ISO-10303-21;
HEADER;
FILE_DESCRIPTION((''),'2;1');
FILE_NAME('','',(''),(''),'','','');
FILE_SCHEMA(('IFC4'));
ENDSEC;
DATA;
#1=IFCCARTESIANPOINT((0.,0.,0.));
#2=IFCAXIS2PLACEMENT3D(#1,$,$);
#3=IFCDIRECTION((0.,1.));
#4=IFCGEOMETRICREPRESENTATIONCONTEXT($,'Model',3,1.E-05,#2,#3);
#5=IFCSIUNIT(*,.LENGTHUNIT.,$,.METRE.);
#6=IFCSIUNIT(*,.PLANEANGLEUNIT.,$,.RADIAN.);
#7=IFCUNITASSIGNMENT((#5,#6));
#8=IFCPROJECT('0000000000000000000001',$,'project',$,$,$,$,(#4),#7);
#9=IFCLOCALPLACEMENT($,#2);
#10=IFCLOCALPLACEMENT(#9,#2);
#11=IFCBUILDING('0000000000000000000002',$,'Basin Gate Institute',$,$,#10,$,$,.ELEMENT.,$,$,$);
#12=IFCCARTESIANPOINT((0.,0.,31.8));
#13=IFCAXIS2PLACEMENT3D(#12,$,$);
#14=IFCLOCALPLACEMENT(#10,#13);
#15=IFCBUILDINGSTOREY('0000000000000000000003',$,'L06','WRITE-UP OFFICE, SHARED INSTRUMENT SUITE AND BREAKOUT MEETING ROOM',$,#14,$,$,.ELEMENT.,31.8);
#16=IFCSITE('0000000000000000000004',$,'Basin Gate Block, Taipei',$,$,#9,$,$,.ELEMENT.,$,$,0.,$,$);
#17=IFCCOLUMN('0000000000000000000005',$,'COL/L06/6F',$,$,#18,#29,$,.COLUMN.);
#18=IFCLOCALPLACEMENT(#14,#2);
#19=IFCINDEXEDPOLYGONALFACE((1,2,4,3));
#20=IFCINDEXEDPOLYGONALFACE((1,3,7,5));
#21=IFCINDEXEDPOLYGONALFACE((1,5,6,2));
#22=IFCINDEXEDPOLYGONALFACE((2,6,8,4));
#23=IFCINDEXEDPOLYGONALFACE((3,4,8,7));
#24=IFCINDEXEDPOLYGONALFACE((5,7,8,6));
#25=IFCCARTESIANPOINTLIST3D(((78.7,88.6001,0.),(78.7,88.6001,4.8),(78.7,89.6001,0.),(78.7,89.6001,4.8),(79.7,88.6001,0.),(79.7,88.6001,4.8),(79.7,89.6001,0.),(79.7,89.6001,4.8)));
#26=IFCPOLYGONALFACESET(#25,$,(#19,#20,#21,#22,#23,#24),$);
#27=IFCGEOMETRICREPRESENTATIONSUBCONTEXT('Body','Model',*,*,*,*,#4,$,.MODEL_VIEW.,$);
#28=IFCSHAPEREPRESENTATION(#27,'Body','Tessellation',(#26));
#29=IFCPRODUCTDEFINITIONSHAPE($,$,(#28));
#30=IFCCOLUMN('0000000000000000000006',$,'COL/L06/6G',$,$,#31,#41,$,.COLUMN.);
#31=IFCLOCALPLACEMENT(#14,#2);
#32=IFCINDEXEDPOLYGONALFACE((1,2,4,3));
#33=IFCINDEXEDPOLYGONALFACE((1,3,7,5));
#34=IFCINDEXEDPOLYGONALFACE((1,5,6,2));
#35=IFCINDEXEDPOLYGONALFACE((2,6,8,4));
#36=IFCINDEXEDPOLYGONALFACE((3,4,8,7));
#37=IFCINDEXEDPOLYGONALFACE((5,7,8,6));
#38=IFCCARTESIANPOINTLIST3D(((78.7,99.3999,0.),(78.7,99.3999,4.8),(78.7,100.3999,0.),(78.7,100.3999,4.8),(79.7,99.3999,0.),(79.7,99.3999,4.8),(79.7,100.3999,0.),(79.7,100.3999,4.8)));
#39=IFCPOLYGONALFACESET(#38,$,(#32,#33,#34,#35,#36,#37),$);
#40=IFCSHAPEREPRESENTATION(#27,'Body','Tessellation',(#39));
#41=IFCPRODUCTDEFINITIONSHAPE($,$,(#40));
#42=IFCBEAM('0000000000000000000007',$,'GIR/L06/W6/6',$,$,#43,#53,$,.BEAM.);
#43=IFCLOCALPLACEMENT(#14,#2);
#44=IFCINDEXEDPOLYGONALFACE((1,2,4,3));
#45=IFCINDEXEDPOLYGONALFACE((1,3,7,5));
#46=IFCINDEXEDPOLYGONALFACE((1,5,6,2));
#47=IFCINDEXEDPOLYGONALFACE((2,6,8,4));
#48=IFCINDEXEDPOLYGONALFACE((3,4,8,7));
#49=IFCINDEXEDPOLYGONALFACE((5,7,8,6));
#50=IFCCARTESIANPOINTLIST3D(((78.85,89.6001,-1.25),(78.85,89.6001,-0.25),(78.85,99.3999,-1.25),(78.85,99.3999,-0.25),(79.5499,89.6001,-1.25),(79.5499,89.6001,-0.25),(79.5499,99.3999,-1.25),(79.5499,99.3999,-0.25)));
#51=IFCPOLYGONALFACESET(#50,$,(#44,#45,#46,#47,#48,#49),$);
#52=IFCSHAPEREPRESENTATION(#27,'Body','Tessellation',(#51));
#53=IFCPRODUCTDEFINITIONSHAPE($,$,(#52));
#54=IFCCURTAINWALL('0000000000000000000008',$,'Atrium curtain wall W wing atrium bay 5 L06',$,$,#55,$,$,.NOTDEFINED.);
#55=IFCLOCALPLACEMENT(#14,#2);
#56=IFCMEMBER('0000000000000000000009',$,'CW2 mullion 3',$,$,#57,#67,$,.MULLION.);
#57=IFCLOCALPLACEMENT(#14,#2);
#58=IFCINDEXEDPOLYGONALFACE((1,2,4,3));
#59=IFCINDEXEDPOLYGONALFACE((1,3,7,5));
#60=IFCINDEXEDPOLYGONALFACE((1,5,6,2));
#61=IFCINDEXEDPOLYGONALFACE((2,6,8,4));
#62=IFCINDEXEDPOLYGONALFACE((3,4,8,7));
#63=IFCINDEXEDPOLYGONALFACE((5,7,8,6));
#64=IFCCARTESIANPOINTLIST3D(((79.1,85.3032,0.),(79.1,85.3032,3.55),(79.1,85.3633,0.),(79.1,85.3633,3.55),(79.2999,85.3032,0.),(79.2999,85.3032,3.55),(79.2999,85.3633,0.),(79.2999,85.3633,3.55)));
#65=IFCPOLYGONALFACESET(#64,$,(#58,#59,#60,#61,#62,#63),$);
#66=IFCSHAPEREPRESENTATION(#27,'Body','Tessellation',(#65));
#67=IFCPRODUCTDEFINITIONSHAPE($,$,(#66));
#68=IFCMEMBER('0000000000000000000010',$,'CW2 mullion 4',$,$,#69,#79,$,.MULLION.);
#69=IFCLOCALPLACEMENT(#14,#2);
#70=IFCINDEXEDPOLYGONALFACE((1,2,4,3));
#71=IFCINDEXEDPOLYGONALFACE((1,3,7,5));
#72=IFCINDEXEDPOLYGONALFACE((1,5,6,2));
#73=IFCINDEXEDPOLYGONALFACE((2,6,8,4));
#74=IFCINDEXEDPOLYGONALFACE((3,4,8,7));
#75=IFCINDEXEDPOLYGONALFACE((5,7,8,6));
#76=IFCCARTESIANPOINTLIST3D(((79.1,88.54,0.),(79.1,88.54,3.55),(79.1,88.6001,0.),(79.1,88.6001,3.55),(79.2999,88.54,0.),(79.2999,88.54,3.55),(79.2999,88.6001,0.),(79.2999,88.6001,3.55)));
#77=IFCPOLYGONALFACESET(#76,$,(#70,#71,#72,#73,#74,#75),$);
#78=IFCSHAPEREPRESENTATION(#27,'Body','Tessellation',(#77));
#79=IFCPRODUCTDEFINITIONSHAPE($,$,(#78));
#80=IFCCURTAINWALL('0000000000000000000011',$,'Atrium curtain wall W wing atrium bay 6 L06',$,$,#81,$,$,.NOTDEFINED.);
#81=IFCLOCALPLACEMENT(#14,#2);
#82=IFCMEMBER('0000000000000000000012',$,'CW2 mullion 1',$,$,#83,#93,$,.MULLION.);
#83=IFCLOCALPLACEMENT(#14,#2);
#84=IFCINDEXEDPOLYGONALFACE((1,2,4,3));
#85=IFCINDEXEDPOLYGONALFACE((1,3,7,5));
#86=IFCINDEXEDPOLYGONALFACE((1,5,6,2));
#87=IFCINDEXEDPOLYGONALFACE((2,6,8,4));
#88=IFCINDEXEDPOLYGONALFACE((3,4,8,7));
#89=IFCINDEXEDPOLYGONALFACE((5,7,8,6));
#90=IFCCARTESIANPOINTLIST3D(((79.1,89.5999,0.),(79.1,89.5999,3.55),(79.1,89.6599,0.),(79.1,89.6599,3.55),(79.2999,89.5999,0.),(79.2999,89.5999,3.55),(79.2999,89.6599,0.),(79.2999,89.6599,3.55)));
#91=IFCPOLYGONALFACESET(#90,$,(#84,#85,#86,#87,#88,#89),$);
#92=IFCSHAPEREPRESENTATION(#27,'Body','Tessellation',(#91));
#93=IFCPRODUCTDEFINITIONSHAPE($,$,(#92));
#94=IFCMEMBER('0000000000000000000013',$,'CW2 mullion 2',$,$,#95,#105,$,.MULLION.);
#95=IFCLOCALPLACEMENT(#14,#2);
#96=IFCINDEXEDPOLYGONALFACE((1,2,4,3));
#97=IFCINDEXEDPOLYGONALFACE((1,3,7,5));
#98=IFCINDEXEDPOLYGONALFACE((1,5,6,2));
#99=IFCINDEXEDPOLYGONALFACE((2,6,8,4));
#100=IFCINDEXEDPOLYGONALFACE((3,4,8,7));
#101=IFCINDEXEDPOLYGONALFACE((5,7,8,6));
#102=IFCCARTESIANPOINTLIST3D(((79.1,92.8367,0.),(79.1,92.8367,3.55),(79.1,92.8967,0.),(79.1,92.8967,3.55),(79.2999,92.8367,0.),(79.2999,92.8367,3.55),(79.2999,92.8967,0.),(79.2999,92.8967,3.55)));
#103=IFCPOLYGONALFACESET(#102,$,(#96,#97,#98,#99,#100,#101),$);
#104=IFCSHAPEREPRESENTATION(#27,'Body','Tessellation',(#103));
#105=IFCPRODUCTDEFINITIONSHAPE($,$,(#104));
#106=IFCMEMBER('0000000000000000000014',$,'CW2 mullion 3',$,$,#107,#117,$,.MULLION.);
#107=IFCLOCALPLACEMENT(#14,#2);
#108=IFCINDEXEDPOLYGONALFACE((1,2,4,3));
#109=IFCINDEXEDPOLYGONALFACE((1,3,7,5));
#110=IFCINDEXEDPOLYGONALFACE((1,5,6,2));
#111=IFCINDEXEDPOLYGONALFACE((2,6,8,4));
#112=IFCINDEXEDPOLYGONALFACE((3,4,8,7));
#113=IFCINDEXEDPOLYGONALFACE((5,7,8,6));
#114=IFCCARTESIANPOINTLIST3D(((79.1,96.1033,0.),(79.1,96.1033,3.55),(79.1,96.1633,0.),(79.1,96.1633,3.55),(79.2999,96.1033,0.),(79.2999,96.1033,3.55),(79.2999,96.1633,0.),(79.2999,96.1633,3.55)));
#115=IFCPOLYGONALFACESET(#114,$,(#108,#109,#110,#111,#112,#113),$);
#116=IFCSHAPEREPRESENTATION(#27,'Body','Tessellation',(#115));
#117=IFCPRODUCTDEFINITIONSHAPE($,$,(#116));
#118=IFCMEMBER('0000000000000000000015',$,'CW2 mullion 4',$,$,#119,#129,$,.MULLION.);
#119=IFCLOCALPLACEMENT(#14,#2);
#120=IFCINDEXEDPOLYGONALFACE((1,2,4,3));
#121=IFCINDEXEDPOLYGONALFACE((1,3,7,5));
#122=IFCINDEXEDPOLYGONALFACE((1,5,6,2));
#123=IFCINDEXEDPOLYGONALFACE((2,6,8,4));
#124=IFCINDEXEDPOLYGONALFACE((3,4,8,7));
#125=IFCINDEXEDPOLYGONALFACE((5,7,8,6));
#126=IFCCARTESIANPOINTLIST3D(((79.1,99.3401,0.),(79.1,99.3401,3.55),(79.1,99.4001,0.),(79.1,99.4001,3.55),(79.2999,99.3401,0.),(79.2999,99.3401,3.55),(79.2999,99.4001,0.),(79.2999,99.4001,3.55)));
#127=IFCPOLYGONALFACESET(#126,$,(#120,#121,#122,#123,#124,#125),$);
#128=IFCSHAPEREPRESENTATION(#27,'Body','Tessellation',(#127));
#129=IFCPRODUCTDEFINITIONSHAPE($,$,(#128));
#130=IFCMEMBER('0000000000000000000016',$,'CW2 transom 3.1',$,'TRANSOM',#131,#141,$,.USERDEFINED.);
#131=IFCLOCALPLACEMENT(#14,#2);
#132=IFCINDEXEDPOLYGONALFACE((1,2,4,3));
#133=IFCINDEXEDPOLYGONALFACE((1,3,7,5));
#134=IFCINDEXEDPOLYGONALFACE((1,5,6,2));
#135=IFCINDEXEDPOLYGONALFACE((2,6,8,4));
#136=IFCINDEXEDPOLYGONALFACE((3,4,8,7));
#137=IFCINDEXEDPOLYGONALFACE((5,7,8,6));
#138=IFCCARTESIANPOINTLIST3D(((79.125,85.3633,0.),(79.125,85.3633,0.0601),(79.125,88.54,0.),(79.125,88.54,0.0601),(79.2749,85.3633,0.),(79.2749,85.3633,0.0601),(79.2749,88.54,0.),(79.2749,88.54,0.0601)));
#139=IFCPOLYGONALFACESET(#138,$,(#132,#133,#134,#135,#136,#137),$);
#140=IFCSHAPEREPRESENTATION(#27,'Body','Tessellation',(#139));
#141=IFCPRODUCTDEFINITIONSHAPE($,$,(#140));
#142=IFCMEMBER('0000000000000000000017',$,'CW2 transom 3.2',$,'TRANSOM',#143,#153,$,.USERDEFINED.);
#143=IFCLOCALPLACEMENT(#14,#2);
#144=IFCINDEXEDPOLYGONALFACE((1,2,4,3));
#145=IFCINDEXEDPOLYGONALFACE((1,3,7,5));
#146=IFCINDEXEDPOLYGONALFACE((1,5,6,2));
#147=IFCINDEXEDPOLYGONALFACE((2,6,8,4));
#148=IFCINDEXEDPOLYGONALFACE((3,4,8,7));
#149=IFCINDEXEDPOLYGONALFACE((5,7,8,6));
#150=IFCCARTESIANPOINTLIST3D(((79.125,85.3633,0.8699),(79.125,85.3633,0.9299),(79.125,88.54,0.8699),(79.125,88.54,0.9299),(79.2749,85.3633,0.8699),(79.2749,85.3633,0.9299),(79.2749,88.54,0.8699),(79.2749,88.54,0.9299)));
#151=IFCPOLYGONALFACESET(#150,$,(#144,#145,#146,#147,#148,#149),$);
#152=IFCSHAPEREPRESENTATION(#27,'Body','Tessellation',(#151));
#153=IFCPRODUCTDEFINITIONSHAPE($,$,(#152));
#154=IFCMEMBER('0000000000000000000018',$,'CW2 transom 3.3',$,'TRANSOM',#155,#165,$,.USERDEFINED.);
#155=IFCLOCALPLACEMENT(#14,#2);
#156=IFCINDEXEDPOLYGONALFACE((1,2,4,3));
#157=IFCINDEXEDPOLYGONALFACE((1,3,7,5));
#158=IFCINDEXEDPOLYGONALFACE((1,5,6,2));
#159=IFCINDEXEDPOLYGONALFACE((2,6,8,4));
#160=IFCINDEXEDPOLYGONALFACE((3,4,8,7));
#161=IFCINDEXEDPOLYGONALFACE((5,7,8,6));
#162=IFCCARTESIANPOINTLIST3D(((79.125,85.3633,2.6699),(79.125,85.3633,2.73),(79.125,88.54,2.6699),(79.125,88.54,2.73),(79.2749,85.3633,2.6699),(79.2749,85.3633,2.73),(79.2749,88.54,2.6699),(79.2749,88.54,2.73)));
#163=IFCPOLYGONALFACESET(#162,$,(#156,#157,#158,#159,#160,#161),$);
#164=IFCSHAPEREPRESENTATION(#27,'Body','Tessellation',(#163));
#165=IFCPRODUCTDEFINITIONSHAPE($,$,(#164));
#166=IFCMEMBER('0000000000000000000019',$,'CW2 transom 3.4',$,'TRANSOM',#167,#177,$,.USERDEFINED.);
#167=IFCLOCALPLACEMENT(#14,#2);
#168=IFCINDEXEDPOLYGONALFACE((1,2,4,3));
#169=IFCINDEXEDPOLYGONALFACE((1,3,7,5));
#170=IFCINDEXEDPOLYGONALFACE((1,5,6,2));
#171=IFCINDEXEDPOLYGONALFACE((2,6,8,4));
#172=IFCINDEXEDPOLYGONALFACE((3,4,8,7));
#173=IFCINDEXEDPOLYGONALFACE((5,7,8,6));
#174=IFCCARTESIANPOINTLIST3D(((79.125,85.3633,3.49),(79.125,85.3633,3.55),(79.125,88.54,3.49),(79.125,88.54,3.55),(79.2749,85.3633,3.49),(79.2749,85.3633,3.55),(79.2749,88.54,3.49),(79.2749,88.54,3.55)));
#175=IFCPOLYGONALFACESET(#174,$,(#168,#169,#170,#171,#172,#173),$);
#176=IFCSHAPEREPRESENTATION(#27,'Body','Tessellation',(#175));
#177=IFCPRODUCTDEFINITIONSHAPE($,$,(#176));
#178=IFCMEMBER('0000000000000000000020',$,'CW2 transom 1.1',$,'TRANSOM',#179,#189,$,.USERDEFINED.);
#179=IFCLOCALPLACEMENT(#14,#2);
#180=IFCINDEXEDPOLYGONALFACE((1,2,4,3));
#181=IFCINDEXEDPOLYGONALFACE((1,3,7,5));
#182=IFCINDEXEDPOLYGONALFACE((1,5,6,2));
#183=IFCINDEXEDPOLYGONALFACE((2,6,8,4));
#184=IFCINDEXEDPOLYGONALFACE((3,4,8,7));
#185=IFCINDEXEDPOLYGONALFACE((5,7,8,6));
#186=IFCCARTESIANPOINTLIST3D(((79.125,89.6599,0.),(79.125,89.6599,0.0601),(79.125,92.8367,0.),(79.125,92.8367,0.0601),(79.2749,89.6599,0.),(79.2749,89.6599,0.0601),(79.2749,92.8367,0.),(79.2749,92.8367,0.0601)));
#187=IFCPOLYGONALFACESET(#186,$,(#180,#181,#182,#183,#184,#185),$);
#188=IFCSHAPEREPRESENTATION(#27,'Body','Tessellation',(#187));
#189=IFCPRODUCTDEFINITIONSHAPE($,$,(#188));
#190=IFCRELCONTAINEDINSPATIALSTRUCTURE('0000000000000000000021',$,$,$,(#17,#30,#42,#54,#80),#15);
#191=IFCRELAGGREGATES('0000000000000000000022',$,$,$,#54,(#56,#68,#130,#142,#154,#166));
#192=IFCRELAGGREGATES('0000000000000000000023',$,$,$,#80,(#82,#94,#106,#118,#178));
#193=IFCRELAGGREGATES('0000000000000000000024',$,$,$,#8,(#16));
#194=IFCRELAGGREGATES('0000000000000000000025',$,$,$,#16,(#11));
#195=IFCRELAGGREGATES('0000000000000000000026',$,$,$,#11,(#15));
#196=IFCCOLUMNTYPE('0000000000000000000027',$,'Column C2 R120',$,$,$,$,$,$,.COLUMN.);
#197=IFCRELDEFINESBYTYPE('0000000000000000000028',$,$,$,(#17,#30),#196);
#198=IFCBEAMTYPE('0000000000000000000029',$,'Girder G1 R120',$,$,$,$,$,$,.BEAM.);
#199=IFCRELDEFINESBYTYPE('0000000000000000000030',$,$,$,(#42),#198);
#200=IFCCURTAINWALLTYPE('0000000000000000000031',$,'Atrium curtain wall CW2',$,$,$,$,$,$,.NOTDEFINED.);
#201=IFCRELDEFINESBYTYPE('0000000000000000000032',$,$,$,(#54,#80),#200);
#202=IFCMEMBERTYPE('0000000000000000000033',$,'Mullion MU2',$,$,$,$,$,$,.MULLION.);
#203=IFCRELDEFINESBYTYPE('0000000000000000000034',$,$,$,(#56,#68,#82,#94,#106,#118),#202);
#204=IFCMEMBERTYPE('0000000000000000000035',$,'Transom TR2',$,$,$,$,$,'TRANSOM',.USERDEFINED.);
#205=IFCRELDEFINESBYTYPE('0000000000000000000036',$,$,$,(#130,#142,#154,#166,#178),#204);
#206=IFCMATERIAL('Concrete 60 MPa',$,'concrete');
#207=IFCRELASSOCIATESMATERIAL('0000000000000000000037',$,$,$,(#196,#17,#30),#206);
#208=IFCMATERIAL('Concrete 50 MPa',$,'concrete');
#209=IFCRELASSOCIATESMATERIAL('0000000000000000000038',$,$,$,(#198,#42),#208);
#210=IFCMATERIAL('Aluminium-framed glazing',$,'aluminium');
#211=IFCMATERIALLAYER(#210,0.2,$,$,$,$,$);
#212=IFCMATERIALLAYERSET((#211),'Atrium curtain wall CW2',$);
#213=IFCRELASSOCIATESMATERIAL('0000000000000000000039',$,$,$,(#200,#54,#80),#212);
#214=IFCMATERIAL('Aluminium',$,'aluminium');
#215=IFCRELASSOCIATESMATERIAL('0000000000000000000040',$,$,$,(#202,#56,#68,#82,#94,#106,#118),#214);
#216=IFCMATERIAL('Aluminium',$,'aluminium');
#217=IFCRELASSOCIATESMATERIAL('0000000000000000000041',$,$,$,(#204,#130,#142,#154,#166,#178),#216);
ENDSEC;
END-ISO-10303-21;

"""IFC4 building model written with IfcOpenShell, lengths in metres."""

from ifc_helpers import new_model, si_unit, direction, frame, origin, origin_2d, place, context, subcontext, project, spatial, rectangle, extrude, material, layer, layer_set, material_profile, profile_set, type_object, element, aggregate, save


model = new_model("IFC4")

# Units and contexts
model_context = context("Model", 3, precision=1e-05, world=origin(), true_north=direction((0.0, 1.0)))
body_context = subcontext(model_context, "Body", "Model", "MODEL_VIEW")
ifc_project = project(units=[si_unit("LENGTHUNIT", "METRE"), si_unit("PLANEANGLEUNIT", "RADIAN")], contexts=[model_context])

# Site, building, storey
site_placement = place(None, origin())
site = spatial("IfcSite", under=ifc_project, at=site_placement, Name="Basin Gate Block, Taipei", CompositionType="ELEMENT", RefElevation=0.0)
building_placement = place(site_placement, origin())
building = spatial("IfcBuilding", under=site, at=building_placement, Name="Basin Gate Institute", CompositionType="ELEMENT")
storey_placement = place(building_placement, frame((0.0, 0.0, 31.8)))
storey = spatial("IfcBuildingStorey", under=building, at=storey_placement, Name="L06", Description="WRITE-UP OFFICE, SHARED INSTRUMENT SUITE AND BREAKOUT MEETING ROOM", CompositionType="ELEMENT", Elevation=31.8)

# Columns
ifc_material_1 = material(Name="Concrete 60 MPa", Category="concrete")
ifc_material_profile_1 = material_profile(ifc_material_1, rectangle(XDim=1.0, YDim=1.0, at=origin_2d()), Name="Column C2 1000 x 1000")
ifc_profile_set_1 = profile_set([ifc_material_profile_1], Name="Concrete 60 MPa")
column_type = type_object("IfcColumnType", Name="Column C2 R120", PredefinedType="COLUMN", material=ifc_profile_set_1)
for number, where, z_axis, x_axis, name in (
    (1, (79.2, 89.1001, 0.0), (0.0, 0.0, 1.0), (1.0, 0.0, 0.0), "COL/L06/6F"),
    (2, (79.2, 99.8999, 0.0), (0.0, 0.0, 1.0), (1.0, 0.0, 0.0), "COL/L06/6G"),
):
    element("IfcColumn", number, at=place(storey_placement, frame(where, z_axis=z_axis, x_axis=x_axis)), inside=storey, type_object=column_type, material=ifc_profile_set_1, Name=name, PredefinedType="COLUMN", context=body_context, shape_type="SweptSolid", body=[
        extrude(rectangle(XDim=1.0, YDim=1.0, at=origin_2d()), origin(), (0.0, 0.0, 1.0), 4.8),
    ])

# Beam
ifc_material_2 = material(Name="Concrete 50 MPa", Category="concrete")
ifc_material_profile_2 = material_profile(ifc_material_2, rectangle(XDim=0.7, YDim=1.0, at=origin_2d()), Name="Girder G1 700 x 1000")
ifc_profile_set_2 = profile_set([ifc_material_profile_2], Name="Concrete 50 MPa")
beam_type = type_object("IfcBeamType", Name="Girder G1 R120", PredefinedType="BEAM", material=ifc_profile_set_2)
beam_placement = place(storey_placement, frame((79.2, 89.6001, -0.75), z_axis=(0.0, 1.0, 0.0), x_axis=(-1.0, 0.0, 0.0)))
element("IfcBeam", 3, at=beam_placement, inside=storey, type_object=beam_type, material=ifc_profile_set_2, Name="GIR/L06/W6/6", PredefinedType="BEAM", context=body_context, shape_type="SweptSolid", body=[
    extrude(rectangle(XDim=0.7, YDim=1.0, at=origin_2d()), origin(), (0.0, 0.0, 1.0), 9.7998),
])

# Curtain walls, members
ifc_material_3 = material(Name="Aluminium-framed glazing", Category="aluminium")
ifc_layer_1 = layer(ifc_material_3, 0.2)
ifc_layer_set_1 = layer_set([ifc_layer_1], Name="Atrium curtain wall CW2")
curtain_wall_type = type_object("IfcCurtainWallType", Name="Atrium curtain wall CW2", PredefinedType="NOTDEFINED", material=ifc_layer_set_1)
curtain_wall_1_placement = place(storey_placement, origin())
curtain_wall_1 = element("IfcCurtainWall", 4, at=curtain_wall_1_placement, inside=storey, type_object=curtain_wall_type, material=ifc_layer_set_1, Name="Atrium curtain wall W wing atrium bay 5 L06", PredefinedType="NOTDEFINED")
ifc_material_4 = material(Name="Aluminium", Category="aluminium")
ifc_material_profile_3 = material_profile(ifc_material_4, rectangle(XDim=0.2, YDim=0.0601, at=origin_2d()), Name="Mullion MU2 200 x 60")
ifc_profile_set_3 = profile_set([ifc_material_profile_3], Name="Aluminium")
member_type_1 = type_object("IfcMemberType", Name="Mullion MU2", PredefinedType="MULLION", material=ifc_profile_set_3)
member_1_placement = place(storey_placement, frame((79.2, 85.3333, 0.0), z_axis=(0.0, 0.0, 1.0), x_axis=(-1.0, 0.0, 0.0)))
member_1 = element("IfcMember", 5, at=member_1_placement, type_object=member_type_1, material=ifc_profile_set_3, Name="CW2 mullion 3", PredefinedType="MULLION", context=body_context, shape_type="SweptSolid", body=[
    extrude(rectangle(XDim=0.2, YDim=0.0601, at=origin_2d()), origin(), (0.0, 0.0, 1.0), 3.55),
])
member_2_placement = place(storey_placement, frame((79.2, 88.5701, 0.0), z_axis=(0.0, 0.0, 1.0), x_axis=(-1.0, 0.0, 0.0)))
member_2 = element("IfcMember", 6, at=member_2_placement, type_object=member_type_1, material=ifc_profile_set_3, Name="CW2 mullion 4", PredefinedType="MULLION", context=body_context, shape_type="SweptSolid", body=[
    extrude(rectangle(XDim=0.2, YDim=0.0601, at=origin_2d()), origin(), (0.0, 0.0, 1.0), 3.55),
])
curtain_wall_2_placement = place(storey_placement, origin())
curtain_wall_2 = element("IfcCurtainWall", 7, at=curtain_wall_2_placement, inside=storey, type_object=curtain_wall_type, material=ifc_layer_set_1, Name="Atrium curtain wall W wing atrium bay 6 L06", PredefinedType="NOTDEFINED")
member_3_placement = place(storey_placement, frame((79.2, 89.6299, 0.0), z_axis=(0.0, 0.0, 1.0), x_axis=(-1.0, 0.0, 0.0)))
member_3 = element("IfcMember", 8, at=member_3_placement, type_object=member_type_1, material=ifc_profile_set_3, Name="CW2 mullion 1", PredefinedType="MULLION", context=body_context, shape_type="SweptSolid", body=[
    extrude(rectangle(XDim=0.2, YDim=0.0601, at=origin_2d()), origin(), (0.0, 0.0, 1.0), 3.55),
])
member_4_placement = place(storey_placement, frame((79.2, 92.8667, 0.0), z_axis=(0.0, 0.0, 1.0), x_axis=(-1.0, 0.0, 0.0)))
member_4 = element("IfcMember", 9, at=member_4_placement, type_object=member_type_1, material=ifc_profile_set_3, Name="CW2 mullion 2", PredefinedType="MULLION", context=body_context, shape_type="SweptSolid", body=[
    extrude(rectangle(XDim=0.2, YDim=0.0601, at=origin_2d()), origin(), (0.0, 0.0, 1.0), 3.55),
])
member_5_placement = place(storey_placement, frame((79.2, 96.1333, 0.0), z_axis=(0.0, 0.0, 1.0), x_axis=(-1.0, 0.0, 0.0)))
member_5 = element("IfcMember", 10, at=member_5_placement, type_object=member_type_1, material=ifc_profile_set_3, Name="CW2 mullion 3", PredefinedType="MULLION", context=body_context, shape_type="SweptSolid", body=[
    extrude(rectangle(XDim=0.2, YDim=0.0601, at=origin_2d()), origin(), (0.0, 0.0, 1.0), 3.55),
])
member_6_placement = place(storey_placement, frame((79.2, 99.3701, 0.0), z_axis=(0.0, 0.0, 1.0), x_axis=(-1.0, 0.0, 0.0)))
member_6 = element("IfcMember", 11, at=member_6_placement, type_object=member_type_1, material=ifc_profile_set_3, Name="CW2 mullion 4", PredefinedType="MULLION", context=body_context, shape_type="SweptSolid", body=[
    extrude(rectangle(XDim=0.2, YDim=0.0601, at=origin_2d()), origin(), (0.0, 0.0, 1.0), 3.55),
])

# Members
ifc_material_5 = material(Name="Aluminium", Category="aluminium")
ifc_material_profile_4 = material_profile(ifc_material_5, rectangle(XDim=0.1499, YDim=0.0601, at=origin_2d()), Name="Transom TR2 150 x 60")
ifc_profile_set_4 = profile_set([ifc_material_profile_4], Name="Aluminium")
member_type_2 = type_object("IfcMemberType", Name="Transom TR2", ElementType="TRANSOM", PredefinedType="USERDEFINED", material=ifc_profile_set_4)
member_7_placement = place(storey_placement, frame((79.2, 85.3633, 0.03), z_axis=(0.0, 1.0, 0.0), x_axis=(-1.0, 0.0, 0.0)))
member_7 = element("IfcMember", 12, at=member_7_placement, type_object=member_type_2, material=ifc_profile_set_4, Name="CW2 transom 3.1", ObjectType="TRANSOM", PredefinedType="USERDEFINED", context=body_context, shape_type="SweptSolid", body=[
    extrude(rectangle(XDim=0.1499, YDim=0.0601, at=origin_2d()), origin(), (0.0, 0.0, 1.0), 3.1768),
])
member_8_placement = place(storey_placement, frame((79.2, 85.3633, 0.8999), z_axis=(0.0, 1.0, 0.0), x_axis=(-1.0, 0.0, 0.0)))
member_8 = element("IfcMember", 13, at=member_8_placement, type_object=member_type_2, material=ifc_profile_set_4, Name="CW2 transom 3.2", ObjectType="TRANSOM", PredefinedType="USERDEFINED", context=body_context, shape_type="SweptSolid", body=[
    extrude(rectangle(XDim=0.1499, YDim=0.0601, at=origin_2d()), origin(), (0.0, 0.0, 1.0), 3.1768),
])
member_9_placement = place(storey_placement, frame((79.2, 85.3633, 2.7), z_axis=(0.0, 1.0, 0.0), x_axis=(-1.0, 0.0, 0.0)))
member_9 = element("IfcMember", 14, at=member_9_placement, type_object=member_type_2, material=ifc_profile_set_4, Name="CW2 transom 3.3", ObjectType="TRANSOM", PredefinedType="USERDEFINED", context=body_context, shape_type="SweptSolid", body=[
    extrude(rectangle(XDim=0.1499, YDim=0.0601, at=origin_2d()), origin(), (0.0, 0.0, 1.0), 3.1768),
])
member_10_placement = place(storey_placement, frame((79.2, 85.3633, 3.52), z_axis=(0.0, 1.0, 0.0), x_axis=(-1.0, 0.0, 0.0)))
member_10 = element("IfcMember", 15, at=member_10_placement, type_object=member_type_2, material=ifc_profile_set_4, Name="CW2 transom 3.4", ObjectType="TRANSOM", PredefinedType="USERDEFINED", context=body_context, shape_type="SweptSolid", body=[
    extrude(rectangle(XDim=0.1499, YDim=0.0601, at=origin_2d()), origin(), (0.0, 0.0, 1.0), 3.1768),
])
member_11_placement = place(storey_placement, frame((79.2, 89.6599, 0.03), z_axis=(0.0, 1.0, 0.0), x_axis=(-1.0, 0.0, 0.0)))
member_11 = element("IfcMember", 16, at=member_11_placement, type_object=member_type_2, material=ifc_profile_set_4, Name="CW2 transom 1.1", ObjectType="TRANSOM", PredefinedType="USERDEFINED", context=body_context, shape_type="SweptSolid", body=[
    extrude(rectangle(XDim=0.1499, YDim=0.0601, at=origin_2d()), origin(), (0.0, 0.0, 1.0), 3.1768),
])

aggregate(curtain_wall_1, [member_1, member_2, member_7, member_8, member_9, member_10])
aggregate(curtain_wall_2, [member_3, member_4, member_5, member_6, member_11])

save(model, "model.ifc")
